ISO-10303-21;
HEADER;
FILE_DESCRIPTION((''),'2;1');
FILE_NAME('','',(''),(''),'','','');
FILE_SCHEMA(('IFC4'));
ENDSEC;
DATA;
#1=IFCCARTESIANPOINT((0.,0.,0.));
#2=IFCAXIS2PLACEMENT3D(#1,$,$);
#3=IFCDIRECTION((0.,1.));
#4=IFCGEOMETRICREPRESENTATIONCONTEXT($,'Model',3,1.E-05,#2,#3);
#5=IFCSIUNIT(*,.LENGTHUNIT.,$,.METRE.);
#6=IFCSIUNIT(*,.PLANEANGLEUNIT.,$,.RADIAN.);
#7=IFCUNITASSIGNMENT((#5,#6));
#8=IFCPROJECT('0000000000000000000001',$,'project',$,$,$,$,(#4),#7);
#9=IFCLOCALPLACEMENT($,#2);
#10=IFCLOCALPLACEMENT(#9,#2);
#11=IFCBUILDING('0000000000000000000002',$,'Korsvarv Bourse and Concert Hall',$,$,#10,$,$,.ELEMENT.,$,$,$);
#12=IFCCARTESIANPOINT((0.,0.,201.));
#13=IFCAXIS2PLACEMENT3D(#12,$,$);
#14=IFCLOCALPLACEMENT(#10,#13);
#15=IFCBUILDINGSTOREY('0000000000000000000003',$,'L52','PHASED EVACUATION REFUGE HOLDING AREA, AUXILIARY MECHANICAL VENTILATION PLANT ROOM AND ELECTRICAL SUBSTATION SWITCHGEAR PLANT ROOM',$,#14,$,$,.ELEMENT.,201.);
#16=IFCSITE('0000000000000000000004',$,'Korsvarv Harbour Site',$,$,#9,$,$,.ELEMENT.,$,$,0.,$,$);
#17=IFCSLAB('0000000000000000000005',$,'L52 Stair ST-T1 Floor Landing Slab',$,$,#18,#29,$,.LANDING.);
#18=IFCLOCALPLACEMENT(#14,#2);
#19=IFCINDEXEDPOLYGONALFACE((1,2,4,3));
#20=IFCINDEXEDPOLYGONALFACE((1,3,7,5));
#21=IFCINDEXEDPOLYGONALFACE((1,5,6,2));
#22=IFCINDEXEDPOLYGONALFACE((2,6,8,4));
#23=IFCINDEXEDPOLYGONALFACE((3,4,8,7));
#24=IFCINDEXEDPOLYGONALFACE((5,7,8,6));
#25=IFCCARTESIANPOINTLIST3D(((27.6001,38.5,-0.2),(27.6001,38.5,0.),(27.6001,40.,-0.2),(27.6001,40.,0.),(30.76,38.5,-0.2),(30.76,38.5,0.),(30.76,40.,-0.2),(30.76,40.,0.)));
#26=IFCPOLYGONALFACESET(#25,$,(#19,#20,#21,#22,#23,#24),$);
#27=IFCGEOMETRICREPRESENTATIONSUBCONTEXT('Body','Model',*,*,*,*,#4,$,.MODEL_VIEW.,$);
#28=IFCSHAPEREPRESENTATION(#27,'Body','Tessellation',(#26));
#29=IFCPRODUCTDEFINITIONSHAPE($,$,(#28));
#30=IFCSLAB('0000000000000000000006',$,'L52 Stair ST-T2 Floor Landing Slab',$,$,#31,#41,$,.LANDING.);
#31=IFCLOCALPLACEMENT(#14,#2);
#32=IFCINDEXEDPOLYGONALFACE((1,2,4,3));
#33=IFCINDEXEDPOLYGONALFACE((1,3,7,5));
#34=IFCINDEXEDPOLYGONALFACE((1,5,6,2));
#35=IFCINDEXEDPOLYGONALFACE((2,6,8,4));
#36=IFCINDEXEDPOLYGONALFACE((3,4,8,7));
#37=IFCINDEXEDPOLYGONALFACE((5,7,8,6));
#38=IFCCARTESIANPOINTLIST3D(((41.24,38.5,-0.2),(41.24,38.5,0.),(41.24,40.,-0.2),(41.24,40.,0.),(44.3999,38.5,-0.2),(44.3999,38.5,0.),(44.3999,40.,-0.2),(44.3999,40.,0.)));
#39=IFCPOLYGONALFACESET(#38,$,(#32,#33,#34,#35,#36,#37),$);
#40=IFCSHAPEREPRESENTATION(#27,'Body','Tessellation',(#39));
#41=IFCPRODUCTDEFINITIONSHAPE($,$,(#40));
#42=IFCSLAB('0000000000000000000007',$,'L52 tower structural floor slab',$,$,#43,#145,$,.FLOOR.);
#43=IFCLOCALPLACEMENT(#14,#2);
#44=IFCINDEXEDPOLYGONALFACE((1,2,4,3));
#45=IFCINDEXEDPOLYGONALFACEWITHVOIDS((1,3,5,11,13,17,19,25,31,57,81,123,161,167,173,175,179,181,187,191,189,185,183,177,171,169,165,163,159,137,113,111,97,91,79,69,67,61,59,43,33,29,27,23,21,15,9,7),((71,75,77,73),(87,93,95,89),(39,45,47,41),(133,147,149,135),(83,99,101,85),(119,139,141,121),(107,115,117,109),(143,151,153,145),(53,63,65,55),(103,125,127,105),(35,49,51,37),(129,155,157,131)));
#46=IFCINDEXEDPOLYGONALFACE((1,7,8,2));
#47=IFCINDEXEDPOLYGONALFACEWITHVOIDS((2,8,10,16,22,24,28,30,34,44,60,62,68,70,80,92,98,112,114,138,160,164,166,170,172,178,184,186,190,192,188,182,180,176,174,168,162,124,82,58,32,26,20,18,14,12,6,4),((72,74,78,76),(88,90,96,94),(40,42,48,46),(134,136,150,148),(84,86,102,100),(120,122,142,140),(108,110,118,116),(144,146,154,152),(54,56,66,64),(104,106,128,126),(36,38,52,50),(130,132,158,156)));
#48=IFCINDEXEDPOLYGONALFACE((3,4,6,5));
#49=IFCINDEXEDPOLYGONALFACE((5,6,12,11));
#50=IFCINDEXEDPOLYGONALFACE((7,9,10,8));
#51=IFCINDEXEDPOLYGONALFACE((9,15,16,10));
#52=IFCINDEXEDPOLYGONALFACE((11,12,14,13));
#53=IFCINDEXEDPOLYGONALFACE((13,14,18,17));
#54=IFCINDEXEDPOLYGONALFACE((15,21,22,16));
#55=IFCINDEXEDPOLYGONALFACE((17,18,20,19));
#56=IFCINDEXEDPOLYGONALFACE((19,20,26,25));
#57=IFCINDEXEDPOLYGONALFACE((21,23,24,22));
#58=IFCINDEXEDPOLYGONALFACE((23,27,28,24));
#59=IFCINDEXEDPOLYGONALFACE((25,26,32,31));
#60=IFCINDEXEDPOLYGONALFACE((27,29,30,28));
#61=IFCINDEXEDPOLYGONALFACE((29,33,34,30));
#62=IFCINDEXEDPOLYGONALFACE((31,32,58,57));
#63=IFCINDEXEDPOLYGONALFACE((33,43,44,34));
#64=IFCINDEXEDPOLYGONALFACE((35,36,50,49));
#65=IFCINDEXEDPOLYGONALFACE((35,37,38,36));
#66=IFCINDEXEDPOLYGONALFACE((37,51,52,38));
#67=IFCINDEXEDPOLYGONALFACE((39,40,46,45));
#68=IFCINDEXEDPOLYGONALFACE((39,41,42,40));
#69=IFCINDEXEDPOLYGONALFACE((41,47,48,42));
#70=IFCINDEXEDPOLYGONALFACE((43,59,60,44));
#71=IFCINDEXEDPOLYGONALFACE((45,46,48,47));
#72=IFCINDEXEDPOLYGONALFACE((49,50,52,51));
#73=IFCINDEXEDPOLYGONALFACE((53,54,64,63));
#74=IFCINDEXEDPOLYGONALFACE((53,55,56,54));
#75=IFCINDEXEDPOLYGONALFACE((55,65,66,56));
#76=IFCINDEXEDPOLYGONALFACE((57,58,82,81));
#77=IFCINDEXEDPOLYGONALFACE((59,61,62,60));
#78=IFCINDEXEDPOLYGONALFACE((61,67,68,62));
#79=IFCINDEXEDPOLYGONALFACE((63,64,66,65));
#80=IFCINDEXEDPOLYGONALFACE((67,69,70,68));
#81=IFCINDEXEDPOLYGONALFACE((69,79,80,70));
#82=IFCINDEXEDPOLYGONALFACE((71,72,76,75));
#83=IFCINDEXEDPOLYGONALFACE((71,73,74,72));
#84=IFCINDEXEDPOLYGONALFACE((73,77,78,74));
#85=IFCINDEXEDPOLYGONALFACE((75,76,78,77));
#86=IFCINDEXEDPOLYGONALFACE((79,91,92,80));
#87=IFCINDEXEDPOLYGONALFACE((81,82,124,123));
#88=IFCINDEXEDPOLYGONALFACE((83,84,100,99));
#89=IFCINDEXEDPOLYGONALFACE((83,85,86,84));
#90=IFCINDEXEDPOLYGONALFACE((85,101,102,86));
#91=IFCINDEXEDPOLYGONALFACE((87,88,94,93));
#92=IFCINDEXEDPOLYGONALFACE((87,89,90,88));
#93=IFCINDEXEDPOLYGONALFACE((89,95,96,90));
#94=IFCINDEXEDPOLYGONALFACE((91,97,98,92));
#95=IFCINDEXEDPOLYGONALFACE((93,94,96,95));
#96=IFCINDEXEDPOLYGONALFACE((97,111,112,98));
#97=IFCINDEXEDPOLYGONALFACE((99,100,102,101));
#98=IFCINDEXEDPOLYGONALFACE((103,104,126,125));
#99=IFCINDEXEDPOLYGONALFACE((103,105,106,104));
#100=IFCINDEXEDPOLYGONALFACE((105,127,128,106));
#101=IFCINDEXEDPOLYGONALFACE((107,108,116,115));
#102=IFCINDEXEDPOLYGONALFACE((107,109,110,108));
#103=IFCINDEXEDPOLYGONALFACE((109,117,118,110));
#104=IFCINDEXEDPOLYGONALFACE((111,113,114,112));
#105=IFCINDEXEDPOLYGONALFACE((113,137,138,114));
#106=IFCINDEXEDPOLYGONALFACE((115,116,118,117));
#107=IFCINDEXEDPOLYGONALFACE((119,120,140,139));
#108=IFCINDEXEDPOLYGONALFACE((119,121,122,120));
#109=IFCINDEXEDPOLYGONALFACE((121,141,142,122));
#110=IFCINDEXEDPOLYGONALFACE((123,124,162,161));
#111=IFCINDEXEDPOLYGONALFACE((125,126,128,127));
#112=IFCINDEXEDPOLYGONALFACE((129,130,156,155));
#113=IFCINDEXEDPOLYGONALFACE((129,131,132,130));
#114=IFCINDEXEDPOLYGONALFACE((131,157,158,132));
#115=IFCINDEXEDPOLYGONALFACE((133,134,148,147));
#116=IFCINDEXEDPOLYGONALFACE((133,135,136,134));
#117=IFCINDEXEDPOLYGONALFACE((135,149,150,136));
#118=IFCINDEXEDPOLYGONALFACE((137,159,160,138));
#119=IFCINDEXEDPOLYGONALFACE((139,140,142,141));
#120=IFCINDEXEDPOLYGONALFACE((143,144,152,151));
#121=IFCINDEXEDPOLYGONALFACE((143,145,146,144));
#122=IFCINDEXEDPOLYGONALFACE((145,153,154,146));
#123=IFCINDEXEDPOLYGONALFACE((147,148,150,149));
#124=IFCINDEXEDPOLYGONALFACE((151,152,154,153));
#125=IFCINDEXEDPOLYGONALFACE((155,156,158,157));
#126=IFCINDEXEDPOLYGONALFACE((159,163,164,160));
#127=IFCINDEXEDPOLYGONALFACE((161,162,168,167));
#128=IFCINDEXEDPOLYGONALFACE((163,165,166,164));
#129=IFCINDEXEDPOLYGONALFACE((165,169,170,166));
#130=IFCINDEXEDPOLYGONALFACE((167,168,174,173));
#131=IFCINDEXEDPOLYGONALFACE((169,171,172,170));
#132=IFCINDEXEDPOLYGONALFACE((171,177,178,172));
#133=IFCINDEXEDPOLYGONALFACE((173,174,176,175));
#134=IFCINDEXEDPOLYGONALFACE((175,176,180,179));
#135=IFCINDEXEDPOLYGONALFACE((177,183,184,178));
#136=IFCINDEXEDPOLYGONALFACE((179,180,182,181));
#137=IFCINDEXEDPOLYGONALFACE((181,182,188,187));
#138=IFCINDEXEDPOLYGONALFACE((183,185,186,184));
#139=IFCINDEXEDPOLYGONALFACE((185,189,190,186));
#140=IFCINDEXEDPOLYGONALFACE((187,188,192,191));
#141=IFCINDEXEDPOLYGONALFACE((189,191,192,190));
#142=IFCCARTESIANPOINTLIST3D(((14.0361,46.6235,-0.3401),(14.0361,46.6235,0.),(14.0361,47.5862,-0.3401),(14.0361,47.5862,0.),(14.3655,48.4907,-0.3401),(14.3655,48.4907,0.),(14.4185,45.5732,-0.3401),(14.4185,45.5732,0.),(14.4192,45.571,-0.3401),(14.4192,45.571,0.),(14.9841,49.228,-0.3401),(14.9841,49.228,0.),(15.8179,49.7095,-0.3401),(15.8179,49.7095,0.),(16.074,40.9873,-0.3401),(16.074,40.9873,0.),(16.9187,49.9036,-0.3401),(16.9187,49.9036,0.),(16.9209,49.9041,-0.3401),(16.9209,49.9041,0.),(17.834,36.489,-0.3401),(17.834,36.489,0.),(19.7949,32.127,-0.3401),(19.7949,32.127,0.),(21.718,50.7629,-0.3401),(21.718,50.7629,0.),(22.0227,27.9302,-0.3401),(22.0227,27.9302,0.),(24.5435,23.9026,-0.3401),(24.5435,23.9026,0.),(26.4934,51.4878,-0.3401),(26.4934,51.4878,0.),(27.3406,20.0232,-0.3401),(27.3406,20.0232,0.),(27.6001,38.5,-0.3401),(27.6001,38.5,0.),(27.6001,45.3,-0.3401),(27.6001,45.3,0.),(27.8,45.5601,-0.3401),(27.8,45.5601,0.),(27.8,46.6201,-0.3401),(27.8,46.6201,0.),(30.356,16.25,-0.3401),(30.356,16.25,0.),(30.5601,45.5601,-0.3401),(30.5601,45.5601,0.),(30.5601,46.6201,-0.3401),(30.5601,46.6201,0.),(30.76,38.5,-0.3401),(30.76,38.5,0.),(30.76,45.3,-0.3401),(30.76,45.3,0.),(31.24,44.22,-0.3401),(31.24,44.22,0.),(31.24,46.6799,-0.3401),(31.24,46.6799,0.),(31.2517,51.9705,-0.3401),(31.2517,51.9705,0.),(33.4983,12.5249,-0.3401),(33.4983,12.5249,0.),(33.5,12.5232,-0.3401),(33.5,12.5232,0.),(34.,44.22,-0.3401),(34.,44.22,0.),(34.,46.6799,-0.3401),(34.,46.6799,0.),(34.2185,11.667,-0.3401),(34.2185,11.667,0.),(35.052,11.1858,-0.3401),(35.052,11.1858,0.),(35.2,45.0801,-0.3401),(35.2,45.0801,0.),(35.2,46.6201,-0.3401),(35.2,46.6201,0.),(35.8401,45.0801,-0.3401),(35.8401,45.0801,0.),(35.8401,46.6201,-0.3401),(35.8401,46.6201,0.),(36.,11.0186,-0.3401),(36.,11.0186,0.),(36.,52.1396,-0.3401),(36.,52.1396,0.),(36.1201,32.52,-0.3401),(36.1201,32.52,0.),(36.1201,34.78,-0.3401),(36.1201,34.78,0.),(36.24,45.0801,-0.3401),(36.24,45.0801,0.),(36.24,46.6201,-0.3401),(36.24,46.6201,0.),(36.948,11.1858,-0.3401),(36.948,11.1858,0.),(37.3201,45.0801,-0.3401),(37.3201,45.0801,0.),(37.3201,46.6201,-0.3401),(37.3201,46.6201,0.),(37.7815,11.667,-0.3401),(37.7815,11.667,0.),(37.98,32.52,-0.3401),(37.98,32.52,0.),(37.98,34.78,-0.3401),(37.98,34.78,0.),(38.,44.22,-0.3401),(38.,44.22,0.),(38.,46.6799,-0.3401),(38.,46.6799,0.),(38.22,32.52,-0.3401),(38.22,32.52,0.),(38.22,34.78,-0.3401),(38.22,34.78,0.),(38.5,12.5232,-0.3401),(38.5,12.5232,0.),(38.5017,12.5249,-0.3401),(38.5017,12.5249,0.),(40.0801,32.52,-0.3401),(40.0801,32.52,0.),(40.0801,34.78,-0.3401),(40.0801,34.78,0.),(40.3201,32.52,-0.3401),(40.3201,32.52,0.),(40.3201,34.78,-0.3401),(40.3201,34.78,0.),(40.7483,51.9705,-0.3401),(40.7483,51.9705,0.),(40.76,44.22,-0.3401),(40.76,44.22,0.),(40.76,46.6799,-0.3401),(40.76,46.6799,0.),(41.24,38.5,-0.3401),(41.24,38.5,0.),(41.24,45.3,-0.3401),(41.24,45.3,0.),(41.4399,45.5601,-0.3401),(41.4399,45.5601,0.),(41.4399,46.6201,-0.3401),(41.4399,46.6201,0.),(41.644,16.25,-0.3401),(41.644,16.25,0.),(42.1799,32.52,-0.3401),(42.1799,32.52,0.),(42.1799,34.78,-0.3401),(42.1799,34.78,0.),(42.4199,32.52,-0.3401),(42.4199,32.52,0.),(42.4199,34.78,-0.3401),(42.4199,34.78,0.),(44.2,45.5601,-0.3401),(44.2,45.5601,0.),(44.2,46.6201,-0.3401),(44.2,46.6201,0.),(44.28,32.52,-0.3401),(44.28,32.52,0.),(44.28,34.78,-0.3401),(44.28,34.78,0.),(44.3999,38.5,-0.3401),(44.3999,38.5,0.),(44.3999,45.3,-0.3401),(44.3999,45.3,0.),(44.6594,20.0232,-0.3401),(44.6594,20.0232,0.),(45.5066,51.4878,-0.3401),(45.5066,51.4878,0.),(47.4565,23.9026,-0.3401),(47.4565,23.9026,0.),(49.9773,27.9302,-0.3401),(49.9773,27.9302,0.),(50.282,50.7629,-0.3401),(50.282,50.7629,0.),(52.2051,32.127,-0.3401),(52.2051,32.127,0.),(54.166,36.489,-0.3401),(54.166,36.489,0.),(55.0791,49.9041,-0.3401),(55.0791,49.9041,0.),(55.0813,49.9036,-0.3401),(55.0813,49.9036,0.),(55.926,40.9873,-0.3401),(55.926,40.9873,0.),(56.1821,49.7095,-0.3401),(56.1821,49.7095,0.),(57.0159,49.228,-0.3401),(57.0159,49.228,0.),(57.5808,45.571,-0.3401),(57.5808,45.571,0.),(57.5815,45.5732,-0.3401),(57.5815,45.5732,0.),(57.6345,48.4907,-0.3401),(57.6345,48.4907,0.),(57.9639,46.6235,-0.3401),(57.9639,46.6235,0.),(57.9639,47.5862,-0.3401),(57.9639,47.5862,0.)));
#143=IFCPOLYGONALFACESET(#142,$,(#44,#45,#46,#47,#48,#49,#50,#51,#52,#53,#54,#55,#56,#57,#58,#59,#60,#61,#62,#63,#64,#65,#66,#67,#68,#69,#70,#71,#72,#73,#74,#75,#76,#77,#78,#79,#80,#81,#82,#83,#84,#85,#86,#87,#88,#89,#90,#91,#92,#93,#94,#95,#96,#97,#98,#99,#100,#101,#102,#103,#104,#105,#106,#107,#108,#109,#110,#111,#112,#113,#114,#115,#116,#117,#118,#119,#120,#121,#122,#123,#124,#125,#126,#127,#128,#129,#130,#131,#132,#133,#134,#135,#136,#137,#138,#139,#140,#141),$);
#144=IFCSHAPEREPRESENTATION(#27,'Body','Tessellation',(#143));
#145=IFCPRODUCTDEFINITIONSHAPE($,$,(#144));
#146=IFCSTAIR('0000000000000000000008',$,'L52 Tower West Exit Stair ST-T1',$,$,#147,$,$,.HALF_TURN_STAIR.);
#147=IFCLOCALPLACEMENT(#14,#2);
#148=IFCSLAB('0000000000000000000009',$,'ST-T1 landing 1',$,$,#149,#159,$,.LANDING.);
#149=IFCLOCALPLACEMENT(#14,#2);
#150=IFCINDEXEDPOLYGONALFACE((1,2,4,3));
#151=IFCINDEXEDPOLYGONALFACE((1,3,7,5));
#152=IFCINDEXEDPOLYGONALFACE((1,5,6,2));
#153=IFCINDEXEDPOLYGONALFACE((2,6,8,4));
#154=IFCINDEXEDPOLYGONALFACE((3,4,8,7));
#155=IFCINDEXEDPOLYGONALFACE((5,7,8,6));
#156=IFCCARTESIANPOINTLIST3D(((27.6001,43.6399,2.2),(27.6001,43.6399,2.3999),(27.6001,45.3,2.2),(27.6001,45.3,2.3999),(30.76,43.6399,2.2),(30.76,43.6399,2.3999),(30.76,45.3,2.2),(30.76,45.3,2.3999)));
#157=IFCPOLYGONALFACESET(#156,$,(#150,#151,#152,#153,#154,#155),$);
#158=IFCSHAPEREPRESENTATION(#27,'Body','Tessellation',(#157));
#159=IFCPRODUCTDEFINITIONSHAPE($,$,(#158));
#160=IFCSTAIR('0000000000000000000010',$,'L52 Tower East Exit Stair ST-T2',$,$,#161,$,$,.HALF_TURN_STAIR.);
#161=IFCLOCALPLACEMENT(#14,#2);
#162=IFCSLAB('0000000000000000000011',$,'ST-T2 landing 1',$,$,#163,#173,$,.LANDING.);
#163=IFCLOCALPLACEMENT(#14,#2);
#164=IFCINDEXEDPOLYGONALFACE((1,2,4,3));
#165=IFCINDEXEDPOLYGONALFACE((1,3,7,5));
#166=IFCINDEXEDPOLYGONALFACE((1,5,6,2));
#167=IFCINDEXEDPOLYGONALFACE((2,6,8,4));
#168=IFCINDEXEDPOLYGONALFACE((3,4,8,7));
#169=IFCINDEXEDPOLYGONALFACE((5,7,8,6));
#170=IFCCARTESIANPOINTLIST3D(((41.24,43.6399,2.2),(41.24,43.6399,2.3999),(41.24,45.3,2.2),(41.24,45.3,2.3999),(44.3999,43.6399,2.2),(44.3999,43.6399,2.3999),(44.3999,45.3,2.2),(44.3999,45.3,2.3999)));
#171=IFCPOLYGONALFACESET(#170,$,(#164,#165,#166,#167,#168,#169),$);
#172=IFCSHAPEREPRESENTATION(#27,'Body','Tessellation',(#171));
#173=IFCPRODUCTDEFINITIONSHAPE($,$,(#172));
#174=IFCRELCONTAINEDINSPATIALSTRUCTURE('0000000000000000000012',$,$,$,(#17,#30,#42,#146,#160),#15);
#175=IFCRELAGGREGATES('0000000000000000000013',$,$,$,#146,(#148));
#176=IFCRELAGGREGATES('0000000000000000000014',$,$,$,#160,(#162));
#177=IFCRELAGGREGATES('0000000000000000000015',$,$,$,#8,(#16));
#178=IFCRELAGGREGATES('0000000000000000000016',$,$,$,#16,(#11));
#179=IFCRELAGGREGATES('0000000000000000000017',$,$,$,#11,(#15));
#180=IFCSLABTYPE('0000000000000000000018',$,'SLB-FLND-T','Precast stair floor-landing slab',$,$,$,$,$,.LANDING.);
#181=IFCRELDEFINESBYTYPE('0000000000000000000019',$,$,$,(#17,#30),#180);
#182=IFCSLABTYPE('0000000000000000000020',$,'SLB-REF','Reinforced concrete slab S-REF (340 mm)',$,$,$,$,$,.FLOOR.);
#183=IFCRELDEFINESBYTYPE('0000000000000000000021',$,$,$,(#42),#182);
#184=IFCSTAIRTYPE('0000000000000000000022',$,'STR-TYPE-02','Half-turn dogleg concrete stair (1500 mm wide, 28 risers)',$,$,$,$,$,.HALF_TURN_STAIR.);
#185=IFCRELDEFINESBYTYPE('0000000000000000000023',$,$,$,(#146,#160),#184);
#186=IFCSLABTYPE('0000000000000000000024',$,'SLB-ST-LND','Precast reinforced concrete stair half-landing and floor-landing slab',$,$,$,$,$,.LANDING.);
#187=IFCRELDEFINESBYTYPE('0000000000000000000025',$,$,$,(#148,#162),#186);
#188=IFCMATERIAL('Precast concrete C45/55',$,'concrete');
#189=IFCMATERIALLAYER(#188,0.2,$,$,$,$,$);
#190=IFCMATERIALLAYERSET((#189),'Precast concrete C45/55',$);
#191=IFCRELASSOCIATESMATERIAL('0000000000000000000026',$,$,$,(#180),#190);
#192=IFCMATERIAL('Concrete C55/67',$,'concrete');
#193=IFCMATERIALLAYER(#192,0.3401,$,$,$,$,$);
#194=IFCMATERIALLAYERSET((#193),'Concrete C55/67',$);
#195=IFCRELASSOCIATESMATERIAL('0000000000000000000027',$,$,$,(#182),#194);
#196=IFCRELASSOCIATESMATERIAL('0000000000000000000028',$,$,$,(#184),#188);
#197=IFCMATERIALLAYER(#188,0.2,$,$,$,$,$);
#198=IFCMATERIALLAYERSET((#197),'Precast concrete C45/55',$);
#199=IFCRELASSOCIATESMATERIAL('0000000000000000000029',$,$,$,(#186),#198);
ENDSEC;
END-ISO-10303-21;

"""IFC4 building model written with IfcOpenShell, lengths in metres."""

from ifc_helpers import new_model, si_unit, direction, frame, origin, place, context, subcontext, project, spatial, polyline, outline, extrude, material, layer, layer_set, type_object, element, aggregate, save


model = new_model("IFC4")

# Units and contexts
model_context = context("Model", 3, precision=1e-05, world=origin(), true_north=direction((0.0, 1.0)))
body_context = subcontext(model_context, "Body", "Model", "MODEL_VIEW")
ifc_project = project(units=[si_unit("LENGTHUNIT", "METRE"), si_unit("PLANEANGLEUNIT", "RADIAN")], contexts=[model_context])

# Site, building, storey
site_placement = place(None, origin())
site = spatial("IfcSite", under=ifc_project, at=site_placement, Name="Korsvarv Harbour Site", CompositionType="ELEMENT", RefElevation=0.0)
building_placement = place(site_placement, origin())
building = spatial("IfcBuilding", under=site, at=building_placement, Name="Korsvarv Bourse and Concert Hall", CompositionType="ELEMENT")
storey_placement = place(building_placement, frame((0.0, 0.0, 201.0)))
storey = spatial("IfcBuildingStorey", under=building, at=storey_placement, Name="L52", Description="PHASED EVACUATION REFUGE HOLDING AREA, AUXILIARY MECHANICAL VENTILATION PLANT ROOM AND ELECTRICAL SUBSTATION SWITCHGEAR PLANT ROOM", CompositionType="ELEMENT", Elevation=201.0)

# Slabs
ifc_material_1 = material(Name="Precast concrete C45/55", Category="concrete")
ifc_layer_1 = layer(ifc_material_1, 0.2)
ifc_layer_set_1 = layer_set([ifc_layer_1], Name="Precast concrete C45/55")
slab_type_1 = type_object("IfcSlabType", Name="SLB-FLND-T", Description="Precast stair floor-landing slab", PredefinedType="LANDING", material=ifc_layer_set_1)
slab_1_placement = place(storey_placement, frame((0.0, 0.0, -0.2)))
element("IfcSlab", 1, at=slab_1_placement, inside=storey, type_object=slab_type_1, Name="L52 Stair ST-T1 Floor Landing Slab", PredefinedType="LANDING", context=body_context, shape_type="SweptSolid", body=[
    extrude(outline(polyline([(30.76, 38.5), (30.76, 40.0), (27.6001, 40.0), (27.6001, 38.5), (30.76, 38.5)])), origin(), (0.0, 0.0, 1.0), 0.2),
])
slab_2_placement = place(storey_placement, frame((0.0, 0.0, -0.2)))
element("IfcSlab", 2, at=slab_2_placement, inside=storey, type_object=slab_type_1, Name="L52 Stair ST-T2 Floor Landing Slab", PredefinedType="LANDING", context=body_context, shape_type="SweptSolid", body=[
    extrude(outline(polyline([(44.3999, 38.5), (44.3999, 40.0), (41.24, 40.0), (41.24, 38.5), (44.3999, 38.5)])), origin(), (0.0, 0.0, 1.0), 0.2),
])
ifc_material_2 = material(Name="Concrete C55/67", Category="concrete")
ifc_layer_2 = layer(ifc_material_2, 0.3401)
ifc_layer_set_2 = layer_set([ifc_layer_2], Name="Concrete C55/67")
slab_type_2 = type_object("IfcSlabType", Name="SLB-REF", Description="Reinforced concrete slab S-REF (340 mm)", PredefinedType="FLOOR", material=ifc_layer_set_2)
slab_3_placement = place(storey_placement, frame((0.0, 0.0, -0.3401)))
element("IfcSlab", 3, at=slab_3_placement, inside=storey, type_object=slab_type_2, Name="L52 tower structural floor slab", PredefinedType="FLOOR", context=body_context, shape_type="SweptSolid", body=[
    extrude(outline(polyline([(57.5808, 45.571), (55.926, 40.9873), (54.166, 36.489), (52.2051, 32.127), (49.9773, 27.9302), (47.4565, 23.9026), (44.6594, 20.0232), (41.644, 16.25), (38.5017, 12.5249), (38.5, 12.5232), (37.7815, 11.667), (36.948, 11.1858), (36.0, 11.0186), (35.052, 11.1858), (34.2185, 11.667), (33.5, 12.5232), (33.4983, 12.5249), (30.356, 16.25), (27.3406, 20.0232), (24.5435, 23.9026), (22.0227, 27.9302), (19.7949, 32.127), (17.834, 36.489), (16.074, 40.9873), (14.4192, 45.571), (14.4185, 45.5732), (14.0361, 46.6235), (14.0361, 47.5862), (14.3655, 48.4907), (14.9841, 49.228), (15.8179, 49.7095), (16.9187, 49.9036), (16.9209, 49.9041), (21.718, 50.7629), (26.4934, 51.4878), (31.2517, 51.9705), (36.0, 52.1396), (40.7483, 51.9705), (45.5066, 51.4878), (50.282, 50.7629), (55.0791, 49.9041), (55.0813, 49.9036), (56.1821, 49.7095), (57.0159, 49.228), (57.6345, 48.4907), (57.9639, 47.5862), (57.9639, 46.6235), (57.5815, 45.5732), (57.5808, 45.571)]), holes=[polyline([(30.76, 38.5), (30.76, 45.3), (27.6001, 45.3), (27.6001, 38.5), (30.76, 38.5)]), polyline([(44.3999, 38.5), (44.3999, 45.3), (41.24, 45.3), (41.24, 38.5), (44.3999, 38.5)]), polyline([(31.24, 44.22), (34.0, 44.22), (34.0, 46.6799), (31.24, 46.6799), (31.24, 44.22)]), polyline([(38.0, 44.22), (40.76, 44.22), (40.76, 46.6799), (38.0, 46.6799), (38.0, 44.22)]), polyline([(36.1201, 32.52), (37.98, 32.52), (37.98, 34.78), (36.1201, 34.78), (36.1201, 32.52)]), polyline([(38.22, 32.52), (40.0801, 32.52), (40.0801, 34.78), (38.22, 34.78), (38.22, 32.52)]), polyline([(40.3201, 32.52), (42.1799, 32.52), (42.1799, 34.78), (40.3201, 34.78), (40.3201, 32.52)]), polyline([(42.4199, 32.52), (44.28, 32.52), (44.28, 34.78), (42.4199, 34.78), (42.4199, 32.52)]), polyline([(27.8, 45.5601), (30.5601, 45.5601), (30.5601, 46.6201), (27.8, 46.6201), (27.8, 45.5601)]), polyline([(41.4399, 45.5601), (44.2, 45.5601), (44.2, 46.6201), (41.4399, 46.6201), (41.4399, 45.5601)]), polyline([(35.2, 45.0801), (35.8401, 45.0801), (35.8401, 46.6201), (35.2, 46.6201), (35.2, 45.0801)]), polyline([(36.24, 45.0801), (37.3201, 45.0801), (37.3201, 46.6201), (36.24, 46.6201), (36.24, 45.0801)])]), origin(), (0.0, 0.0, 1.0), 0.3401),
])

# Stairs, slabs
stair_type = type_object("IfcStairType", Name="STR-TYPE-02", Description="Half-turn dogleg concrete stair (1500 mm wide, 28 risers)", PredefinedType="HALF_TURN_STAIR", material=ifc_material_1)
stair_1_placement = place(storey_placement, origin())
stair_1 = element("IfcStair", 4, at=stair_1_placement, inside=storey, type_object=stair_type, Name="L52 Tower West Exit Stair ST-T1", PredefinedType="HALF_TURN_STAIR")
ifc_layer_3 = layer(ifc_material_1, 0.2)
ifc_layer_set_3 = layer_set([ifc_layer_3], Name="Precast concrete C45/55")
slab_type_3 = type_object("IfcSlabType", Name="SLB-ST-LND", Description="Precast reinforced concrete stair half-landing and floor-landing slab", PredefinedType="LANDING", material=ifc_layer_set_3)
slab_4_placement = place(storey_placement, frame((0.0, 0.0, 2.2)))
slab_4 = element("IfcSlab", 5, at=slab_4_placement, type_object=slab_type_3, Name="ST-T1 landing 1", PredefinedType="LANDING", context=body_context, shape_type="SweptSolid", body=[
    extrude(outline(polyline([(30.76, 43.6399), (30.76, 45.3), (27.6001, 45.3), (27.6001, 43.6399), (30.76, 43.6399)])), origin(), (0.0, 0.0, 1.0), 0.2),
])
aggregate(stair_1, [slab_4])
stair_2_placement = place(storey_placement, origin())
stair_2 = element("IfcStair", 6, at=stair_2_placement, inside=storey, type_object=stair_type, Name="L52 Tower East Exit Stair ST-T2", PredefinedType="HALF_TURN_STAIR")
slab_5_placement = place(storey_placement, frame((0.0, 0.0, 2.2)))
slab_5 = element("IfcSlab", 7, at=slab_5_placement, type_object=slab_type_3, Name="ST-T2 landing 1", PredefinedType="LANDING", context=body_context, shape_type="SweptSolid", body=[
    extrude(outline(polyline([(44.3999, 43.6399), (44.3999, 45.3), (41.24, 45.3), (41.24, 43.6399), (44.3999, 43.6399)])), origin(), (0.0, 0.0, 1.0), 0.2),
])
aggregate(stair_2, [slab_5])

save(model, "model.ifc")
